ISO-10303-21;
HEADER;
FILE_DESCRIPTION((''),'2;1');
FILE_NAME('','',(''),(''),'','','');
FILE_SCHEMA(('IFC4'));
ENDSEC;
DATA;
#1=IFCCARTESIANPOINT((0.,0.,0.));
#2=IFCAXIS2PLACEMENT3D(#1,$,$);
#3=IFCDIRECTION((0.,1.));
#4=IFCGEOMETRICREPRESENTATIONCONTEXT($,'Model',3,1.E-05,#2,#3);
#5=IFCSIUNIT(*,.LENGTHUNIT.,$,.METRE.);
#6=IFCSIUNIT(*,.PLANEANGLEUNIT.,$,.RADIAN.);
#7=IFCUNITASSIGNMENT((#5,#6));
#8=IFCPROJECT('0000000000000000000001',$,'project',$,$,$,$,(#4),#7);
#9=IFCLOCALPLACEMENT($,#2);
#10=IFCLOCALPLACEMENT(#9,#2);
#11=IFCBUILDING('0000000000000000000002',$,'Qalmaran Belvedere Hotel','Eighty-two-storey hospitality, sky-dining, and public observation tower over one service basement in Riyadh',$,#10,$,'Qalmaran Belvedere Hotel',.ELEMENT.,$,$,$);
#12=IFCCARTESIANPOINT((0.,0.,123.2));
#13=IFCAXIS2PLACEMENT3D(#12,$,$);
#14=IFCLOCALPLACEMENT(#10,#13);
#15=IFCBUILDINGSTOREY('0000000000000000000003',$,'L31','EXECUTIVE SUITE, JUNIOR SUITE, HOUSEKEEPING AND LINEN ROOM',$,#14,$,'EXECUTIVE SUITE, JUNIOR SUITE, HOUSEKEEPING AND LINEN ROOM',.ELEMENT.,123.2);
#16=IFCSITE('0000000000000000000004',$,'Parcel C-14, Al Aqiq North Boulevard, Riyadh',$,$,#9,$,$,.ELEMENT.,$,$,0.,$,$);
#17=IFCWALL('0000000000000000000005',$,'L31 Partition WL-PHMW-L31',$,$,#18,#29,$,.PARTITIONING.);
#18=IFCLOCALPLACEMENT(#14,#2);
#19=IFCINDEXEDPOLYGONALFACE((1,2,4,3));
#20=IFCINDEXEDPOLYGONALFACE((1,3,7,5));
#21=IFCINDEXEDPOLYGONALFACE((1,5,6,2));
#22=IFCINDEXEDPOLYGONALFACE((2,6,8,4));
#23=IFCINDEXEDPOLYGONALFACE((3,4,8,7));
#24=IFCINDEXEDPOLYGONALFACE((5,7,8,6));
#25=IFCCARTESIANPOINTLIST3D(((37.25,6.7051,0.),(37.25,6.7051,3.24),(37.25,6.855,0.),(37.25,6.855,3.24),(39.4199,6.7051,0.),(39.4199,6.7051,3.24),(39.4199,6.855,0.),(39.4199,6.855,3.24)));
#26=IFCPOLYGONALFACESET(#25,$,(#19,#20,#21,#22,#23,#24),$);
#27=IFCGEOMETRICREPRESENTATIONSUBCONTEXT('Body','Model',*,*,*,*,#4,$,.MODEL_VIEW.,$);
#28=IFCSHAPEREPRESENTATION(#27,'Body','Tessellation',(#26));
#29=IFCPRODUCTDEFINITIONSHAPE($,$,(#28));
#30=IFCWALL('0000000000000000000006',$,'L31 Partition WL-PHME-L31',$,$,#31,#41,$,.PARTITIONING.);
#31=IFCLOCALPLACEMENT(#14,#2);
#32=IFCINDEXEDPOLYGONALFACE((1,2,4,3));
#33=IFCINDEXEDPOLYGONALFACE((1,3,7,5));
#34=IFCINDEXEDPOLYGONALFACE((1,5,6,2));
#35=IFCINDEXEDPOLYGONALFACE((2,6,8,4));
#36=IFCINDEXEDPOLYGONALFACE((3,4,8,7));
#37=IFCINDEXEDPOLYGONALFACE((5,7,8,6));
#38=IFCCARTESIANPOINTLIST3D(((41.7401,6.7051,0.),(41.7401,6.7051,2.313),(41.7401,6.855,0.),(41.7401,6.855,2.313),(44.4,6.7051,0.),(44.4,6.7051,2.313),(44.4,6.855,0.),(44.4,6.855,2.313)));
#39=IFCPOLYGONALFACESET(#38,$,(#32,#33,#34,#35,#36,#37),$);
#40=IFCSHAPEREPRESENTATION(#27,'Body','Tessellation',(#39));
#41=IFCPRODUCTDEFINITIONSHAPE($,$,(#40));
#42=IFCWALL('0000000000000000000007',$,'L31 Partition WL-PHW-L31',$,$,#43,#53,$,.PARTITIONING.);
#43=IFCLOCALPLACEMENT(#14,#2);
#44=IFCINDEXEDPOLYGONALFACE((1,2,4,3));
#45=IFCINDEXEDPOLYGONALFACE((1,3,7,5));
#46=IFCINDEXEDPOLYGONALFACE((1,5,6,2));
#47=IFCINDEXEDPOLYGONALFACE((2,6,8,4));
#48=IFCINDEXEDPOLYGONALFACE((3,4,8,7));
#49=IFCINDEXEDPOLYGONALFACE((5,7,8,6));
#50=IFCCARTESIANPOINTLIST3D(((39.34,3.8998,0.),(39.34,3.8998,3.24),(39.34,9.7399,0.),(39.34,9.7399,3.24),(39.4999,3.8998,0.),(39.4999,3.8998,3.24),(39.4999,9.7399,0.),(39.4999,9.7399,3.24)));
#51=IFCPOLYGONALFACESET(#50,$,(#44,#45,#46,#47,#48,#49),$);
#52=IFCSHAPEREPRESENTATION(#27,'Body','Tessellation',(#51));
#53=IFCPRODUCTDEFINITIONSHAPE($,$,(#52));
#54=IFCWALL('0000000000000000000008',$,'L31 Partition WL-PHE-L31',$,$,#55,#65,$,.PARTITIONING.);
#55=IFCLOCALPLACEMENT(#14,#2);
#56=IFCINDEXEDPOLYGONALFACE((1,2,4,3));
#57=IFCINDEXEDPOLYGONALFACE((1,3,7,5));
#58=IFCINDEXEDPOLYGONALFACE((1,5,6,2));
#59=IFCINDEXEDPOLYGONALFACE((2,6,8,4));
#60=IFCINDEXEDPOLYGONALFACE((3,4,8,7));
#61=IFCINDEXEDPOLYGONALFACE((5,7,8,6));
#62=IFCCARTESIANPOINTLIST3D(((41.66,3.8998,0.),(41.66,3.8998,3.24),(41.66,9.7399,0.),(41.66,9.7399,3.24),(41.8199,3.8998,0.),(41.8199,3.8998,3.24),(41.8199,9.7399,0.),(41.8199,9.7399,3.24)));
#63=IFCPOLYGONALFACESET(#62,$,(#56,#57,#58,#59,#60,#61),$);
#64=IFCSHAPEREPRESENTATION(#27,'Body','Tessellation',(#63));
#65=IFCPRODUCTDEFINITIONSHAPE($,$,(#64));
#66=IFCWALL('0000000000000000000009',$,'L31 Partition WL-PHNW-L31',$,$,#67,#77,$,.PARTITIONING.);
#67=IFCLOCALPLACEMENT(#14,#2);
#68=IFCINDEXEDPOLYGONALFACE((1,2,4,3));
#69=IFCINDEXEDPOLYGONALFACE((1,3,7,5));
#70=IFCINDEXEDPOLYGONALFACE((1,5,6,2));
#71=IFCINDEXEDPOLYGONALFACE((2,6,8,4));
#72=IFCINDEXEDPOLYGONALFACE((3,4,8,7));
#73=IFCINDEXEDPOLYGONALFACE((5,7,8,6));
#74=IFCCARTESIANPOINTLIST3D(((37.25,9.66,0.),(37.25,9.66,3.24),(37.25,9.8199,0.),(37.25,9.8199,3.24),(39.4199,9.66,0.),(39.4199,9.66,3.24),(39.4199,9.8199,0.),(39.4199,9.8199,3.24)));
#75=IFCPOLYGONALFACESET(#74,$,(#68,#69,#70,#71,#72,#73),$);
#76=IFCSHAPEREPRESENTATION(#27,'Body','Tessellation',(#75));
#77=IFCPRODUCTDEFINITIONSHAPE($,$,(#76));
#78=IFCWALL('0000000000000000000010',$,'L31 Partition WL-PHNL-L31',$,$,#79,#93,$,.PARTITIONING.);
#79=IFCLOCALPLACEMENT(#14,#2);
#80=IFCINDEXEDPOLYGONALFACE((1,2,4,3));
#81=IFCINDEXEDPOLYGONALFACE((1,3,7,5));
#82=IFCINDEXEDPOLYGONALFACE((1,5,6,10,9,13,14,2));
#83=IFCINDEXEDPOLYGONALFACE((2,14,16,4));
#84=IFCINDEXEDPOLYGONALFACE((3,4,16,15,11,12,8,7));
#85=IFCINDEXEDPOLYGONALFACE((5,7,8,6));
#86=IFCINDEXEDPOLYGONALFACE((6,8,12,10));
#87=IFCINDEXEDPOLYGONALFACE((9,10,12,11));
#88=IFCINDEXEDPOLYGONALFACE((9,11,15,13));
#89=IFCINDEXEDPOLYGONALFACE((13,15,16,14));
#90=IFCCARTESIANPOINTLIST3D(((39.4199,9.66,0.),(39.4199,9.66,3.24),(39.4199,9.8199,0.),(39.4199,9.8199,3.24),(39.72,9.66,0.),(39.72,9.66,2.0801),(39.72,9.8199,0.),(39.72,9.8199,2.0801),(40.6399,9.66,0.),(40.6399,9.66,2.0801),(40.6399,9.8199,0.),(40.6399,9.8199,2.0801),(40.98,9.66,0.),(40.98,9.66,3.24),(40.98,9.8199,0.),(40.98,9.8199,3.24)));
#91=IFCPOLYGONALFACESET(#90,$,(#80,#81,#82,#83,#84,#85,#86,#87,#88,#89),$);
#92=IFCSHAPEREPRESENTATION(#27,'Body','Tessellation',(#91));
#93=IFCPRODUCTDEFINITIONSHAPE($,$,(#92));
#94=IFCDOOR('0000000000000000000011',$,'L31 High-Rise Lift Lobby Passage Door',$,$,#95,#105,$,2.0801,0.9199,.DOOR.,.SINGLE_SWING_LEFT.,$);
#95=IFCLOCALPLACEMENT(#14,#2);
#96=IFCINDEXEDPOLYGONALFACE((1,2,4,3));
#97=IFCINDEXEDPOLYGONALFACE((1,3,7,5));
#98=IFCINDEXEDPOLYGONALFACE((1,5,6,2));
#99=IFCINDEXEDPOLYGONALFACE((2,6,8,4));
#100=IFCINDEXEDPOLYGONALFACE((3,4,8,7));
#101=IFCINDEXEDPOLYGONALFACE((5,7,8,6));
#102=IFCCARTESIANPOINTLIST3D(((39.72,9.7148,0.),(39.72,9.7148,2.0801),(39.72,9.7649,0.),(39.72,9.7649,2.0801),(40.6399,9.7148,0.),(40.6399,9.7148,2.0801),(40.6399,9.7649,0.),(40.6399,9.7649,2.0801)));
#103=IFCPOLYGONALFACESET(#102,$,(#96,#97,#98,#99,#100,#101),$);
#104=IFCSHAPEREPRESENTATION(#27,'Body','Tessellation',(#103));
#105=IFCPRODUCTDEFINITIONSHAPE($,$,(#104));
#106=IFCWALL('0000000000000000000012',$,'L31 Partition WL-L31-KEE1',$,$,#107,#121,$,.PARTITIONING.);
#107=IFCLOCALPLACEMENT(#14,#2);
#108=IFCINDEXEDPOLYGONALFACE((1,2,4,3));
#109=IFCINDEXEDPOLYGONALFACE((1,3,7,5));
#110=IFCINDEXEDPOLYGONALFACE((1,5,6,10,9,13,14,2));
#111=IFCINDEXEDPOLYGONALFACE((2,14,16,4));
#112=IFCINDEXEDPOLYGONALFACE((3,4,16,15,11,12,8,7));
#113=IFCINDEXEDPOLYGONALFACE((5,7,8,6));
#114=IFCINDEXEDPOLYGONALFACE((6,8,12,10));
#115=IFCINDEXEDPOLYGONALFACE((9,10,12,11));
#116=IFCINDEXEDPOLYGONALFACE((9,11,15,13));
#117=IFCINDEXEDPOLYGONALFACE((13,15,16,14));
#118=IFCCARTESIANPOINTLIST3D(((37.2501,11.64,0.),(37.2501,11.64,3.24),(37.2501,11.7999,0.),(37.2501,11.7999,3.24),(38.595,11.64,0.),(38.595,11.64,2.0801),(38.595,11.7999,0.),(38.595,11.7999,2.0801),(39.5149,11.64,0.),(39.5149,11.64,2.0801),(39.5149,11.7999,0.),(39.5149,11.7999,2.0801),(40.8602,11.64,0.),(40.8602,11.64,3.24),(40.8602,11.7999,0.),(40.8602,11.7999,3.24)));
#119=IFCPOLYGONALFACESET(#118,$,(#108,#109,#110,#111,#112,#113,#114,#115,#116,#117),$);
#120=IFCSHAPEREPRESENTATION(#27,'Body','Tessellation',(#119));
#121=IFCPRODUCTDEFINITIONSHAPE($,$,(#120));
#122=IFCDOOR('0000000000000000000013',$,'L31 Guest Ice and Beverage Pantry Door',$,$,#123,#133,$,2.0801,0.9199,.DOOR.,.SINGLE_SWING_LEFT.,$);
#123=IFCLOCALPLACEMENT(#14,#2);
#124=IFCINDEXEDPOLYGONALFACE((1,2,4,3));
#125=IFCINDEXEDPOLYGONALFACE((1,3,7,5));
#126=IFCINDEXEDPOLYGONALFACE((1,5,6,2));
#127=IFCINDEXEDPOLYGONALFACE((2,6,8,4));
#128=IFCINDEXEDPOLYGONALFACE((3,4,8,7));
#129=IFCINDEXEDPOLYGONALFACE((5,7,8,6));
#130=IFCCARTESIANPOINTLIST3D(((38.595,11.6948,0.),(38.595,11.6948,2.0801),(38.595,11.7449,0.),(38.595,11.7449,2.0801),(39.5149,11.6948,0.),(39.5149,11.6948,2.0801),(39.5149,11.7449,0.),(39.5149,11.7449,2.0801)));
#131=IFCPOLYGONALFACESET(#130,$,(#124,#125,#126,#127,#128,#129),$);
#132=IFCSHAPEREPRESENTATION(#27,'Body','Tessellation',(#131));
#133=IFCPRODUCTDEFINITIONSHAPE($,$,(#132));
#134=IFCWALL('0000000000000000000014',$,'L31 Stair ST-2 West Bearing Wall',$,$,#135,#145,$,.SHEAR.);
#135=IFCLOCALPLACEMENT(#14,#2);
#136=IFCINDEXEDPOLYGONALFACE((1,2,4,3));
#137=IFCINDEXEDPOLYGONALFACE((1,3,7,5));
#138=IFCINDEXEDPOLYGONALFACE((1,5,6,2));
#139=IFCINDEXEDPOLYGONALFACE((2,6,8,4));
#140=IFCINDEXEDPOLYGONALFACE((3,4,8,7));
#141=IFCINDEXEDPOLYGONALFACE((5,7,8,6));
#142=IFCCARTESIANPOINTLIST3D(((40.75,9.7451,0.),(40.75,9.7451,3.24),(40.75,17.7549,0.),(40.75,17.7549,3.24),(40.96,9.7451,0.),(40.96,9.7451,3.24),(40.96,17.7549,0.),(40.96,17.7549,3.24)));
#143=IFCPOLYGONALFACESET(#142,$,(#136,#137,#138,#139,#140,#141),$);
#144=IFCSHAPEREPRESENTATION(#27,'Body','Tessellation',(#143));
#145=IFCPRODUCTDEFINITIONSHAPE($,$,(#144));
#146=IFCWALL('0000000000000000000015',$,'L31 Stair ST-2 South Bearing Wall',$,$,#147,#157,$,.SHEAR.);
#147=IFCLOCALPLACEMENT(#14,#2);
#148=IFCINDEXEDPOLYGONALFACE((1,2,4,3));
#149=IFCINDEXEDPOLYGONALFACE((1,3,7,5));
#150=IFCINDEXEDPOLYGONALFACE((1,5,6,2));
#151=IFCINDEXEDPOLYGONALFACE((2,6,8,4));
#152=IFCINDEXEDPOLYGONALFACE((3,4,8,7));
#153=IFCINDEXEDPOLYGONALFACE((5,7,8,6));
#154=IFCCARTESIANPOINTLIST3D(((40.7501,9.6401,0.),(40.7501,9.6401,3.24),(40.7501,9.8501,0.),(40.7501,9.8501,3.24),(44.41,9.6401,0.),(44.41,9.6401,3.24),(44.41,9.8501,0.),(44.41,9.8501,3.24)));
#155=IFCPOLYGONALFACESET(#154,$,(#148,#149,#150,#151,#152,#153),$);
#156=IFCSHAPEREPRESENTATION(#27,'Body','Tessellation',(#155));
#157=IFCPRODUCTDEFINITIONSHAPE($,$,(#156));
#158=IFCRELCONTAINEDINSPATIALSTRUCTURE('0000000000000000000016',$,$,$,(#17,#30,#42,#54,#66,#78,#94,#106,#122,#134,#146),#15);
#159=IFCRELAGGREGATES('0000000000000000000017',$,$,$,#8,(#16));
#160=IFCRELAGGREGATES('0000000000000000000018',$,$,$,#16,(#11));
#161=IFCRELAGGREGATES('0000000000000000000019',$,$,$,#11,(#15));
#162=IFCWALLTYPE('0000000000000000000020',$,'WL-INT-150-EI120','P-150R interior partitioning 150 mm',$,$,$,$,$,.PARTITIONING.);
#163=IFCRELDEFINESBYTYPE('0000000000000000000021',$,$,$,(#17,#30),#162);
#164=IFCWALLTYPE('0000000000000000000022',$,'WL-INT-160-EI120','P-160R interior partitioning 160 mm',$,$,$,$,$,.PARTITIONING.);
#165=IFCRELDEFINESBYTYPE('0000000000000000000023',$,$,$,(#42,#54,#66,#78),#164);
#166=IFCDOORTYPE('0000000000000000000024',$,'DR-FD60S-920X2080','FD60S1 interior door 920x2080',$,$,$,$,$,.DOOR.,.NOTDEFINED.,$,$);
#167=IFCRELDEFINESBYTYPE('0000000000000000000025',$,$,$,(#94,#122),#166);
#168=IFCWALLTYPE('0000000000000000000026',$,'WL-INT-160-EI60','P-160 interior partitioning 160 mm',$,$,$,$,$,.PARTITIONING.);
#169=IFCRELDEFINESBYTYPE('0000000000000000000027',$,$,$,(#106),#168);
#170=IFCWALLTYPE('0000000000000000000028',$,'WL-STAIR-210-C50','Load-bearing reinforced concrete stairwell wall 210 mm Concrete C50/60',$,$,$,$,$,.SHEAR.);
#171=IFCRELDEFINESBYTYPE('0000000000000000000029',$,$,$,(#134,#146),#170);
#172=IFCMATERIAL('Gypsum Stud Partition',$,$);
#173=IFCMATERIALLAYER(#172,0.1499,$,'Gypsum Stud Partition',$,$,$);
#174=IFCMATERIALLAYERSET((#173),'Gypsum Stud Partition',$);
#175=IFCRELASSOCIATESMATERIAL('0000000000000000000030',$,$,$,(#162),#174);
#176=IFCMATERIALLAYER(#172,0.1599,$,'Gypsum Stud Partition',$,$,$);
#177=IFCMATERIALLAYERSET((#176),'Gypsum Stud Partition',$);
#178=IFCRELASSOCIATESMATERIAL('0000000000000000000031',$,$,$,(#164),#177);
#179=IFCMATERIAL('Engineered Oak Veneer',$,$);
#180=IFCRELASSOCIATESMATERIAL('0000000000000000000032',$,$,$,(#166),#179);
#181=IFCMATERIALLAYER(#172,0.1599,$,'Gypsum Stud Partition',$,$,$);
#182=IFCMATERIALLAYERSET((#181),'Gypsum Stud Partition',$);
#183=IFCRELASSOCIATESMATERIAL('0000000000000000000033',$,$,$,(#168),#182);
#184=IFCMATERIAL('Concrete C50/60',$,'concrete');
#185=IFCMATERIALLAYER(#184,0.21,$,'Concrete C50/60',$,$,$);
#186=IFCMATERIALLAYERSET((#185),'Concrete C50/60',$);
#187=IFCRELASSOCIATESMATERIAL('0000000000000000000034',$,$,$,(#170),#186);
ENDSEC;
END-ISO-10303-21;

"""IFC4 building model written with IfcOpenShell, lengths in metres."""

from ifc_helpers import new_model, si_unit, direction, frame, frame_2d, origin, place, context, subcontext, project, spatial, rectangle, extrude, material, layer, layer_set, type_object, element, fill, save


model = new_model("IFC4")

# Units and contexts
model_context = context("Model", 3, precision=1e-05, world=origin(), true_north=direction((0.0, 1.0)))
body_context = subcontext(model_context, "Body", "Model", "MODEL_VIEW")
ifc_project = project(units=[si_unit("LENGTHUNIT", "METRE"), si_unit("PLANEANGLEUNIT", "RADIAN")], contexts=[model_context])

# Site, building, storey
site_placement = place(None, origin())
site = spatial("IfcSite", under=ifc_project, at=site_placement, Name="Parcel C-14, Al Aqiq North Boulevard, Riyadh", CompositionType="ELEMENT", RefElevation=0.0)
building_placement = place(site_placement, origin())
building = spatial("IfcBuilding", under=site, at=building_placement, Name="Qalmaran Belvedere Hotel", Description="Eighty-two-storey hospitality, sky-dining, and public observation tower over one service basement in Riyadh", LongName="Qalmaran Belvedere Hotel", CompositionType="ELEMENT")
storey_placement = place(building_placement, frame((0.0, 0.0, 123.2)))
storey = spatial("IfcBuildingStorey", under=building, at=storey_placement, Name="L31", Description="EXECUTIVE SUITE, JUNIOR SUITE, HOUSEKEEPING AND LINEN ROOM", LongName="EXECUTIVE SUITE, JUNIOR SUITE, HOUSEKEEPING AND LINEN ROOM", CompositionType="ELEMENT", Elevation=123.2)

# Walls
ifc_material_1 = material(Name="Gypsum Stud Partition")
ifc_layer_1 = layer(ifc_material_1, 0.1499, Name="Gypsum Stud Partition")
ifc_layer_set_1 = layer_set([ifc_layer_1], Name="Gypsum Stud Partition")
wall_type_1 = type_object("IfcWallType", Name="WL-INT-150-EI120", Description="P-150R interior partitioning 150 mm", PredefinedType="PARTITIONING", material=ifc_layer_set_1)
wall_1_placement = place(storey_placement, frame((37.25, 6.78, 0.0), z_axis=(0.0, 0.0, 1.0), x_axis=(1.0, 0.0, 0.0)))
element("IfcWall", 1, at=wall_1_placement, inside=storey, type_object=wall_type_1, Name="L31 Partition WL-PHMW-L31", PredefinedType="PARTITIONING", context=body_context, shape_type="SweptSolid", body=[
    extrude(rectangle(XDim=2.1699, YDim=0.1499, at=frame_2d((1.085, 0.0))), origin(), (0.0, 0.0, 1.0), 3.24),
])
wall_2_placement = place(storey_placement, frame((41.74, 6.78, 0.0), z_axis=(0.0, 0.0, 1.0), x_axis=(1.0, 0.0, 0.0)))
element("IfcWall", 2, at=wall_2_placement, inside=storey, type_object=wall_type_1, Name="L31 Partition WL-PHME-L31", PredefinedType="PARTITIONING", context=body_context, shape_type="SweptSolid", body=[
    extrude(rectangle(XDim=2.6599, YDim=0.1499, at=frame_2d((1.3301, 0.0))), origin(), (0.0, 0.0, 1.0), 2.313),
])
ifc_layer_2 = layer(ifc_material_1, 0.1599, Name="Gypsum Stud Partition")
ifc_layer_set_2 = layer_set([ifc_layer_2], Name="Gypsum Stud Partition")
wall_type_2 = type_object("IfcWallType", Name="WL-INT-160-EI120", Description="P-160R interior partitioning 160 mm", PredefinedType="PARTITIONING", material=ifc_layer_set_2)
for number, where, z_axis, x_axis, name in (
    (3, (39.4199, 3.8999, 0.0), (0.0, 0.0, 1.0), (0.0, 1.0, 0.0), "L31 Partition WL-PHW-L31"),
    (4, (41.74, 3.8999, 0.0), (0.0, 0.0, 1.0), (0.0, 1.0, 0.0), "L31 Partition WL-PHE-L31"),
):
    element("IfcWall", number, at=place(storey_placement, frame(where, z_axis=z_axis, x_axis=x_axis)), inside=storey, type_object=wall_type_2, Name=name, PredefinedType="PARTITIONING", context=body_context, shape_type="SweptSolid", body=[
        extrude(rectangle(XDim=5.8401, YDim=0.1599, at=frame_2d((2.9199, 0.0))), origin(), (0.0, 0.0, 1.0), 3.24),
    ])
wall_3_placement = place(storey_placement, frame((37.25, 9.74, 0.0), z_axis=(0.0, 0.0, 1.0), x_axis=(1.0, 0.0, 0.0)))
element("IfcWall", 5, at=wall_3_placement, inside=storey, type_object=wall_type_2, Name="L31 Partition WL-PHNW-L31", PredefinedType="PARTITIONING", context=body_context, shape_type="SweptSolid", body=[
    extrude(rectangle(XDim=2.1699, YDim=0.1599, at=frame_2d((1.085, 0.0))), origin(), (0.0, 0.0, 1.0), 3.24),
])

# Walls, openings, doors
wall_4_placement = place(storey_placement, frame((39.4199, 9.74, 0.0), z_axis=(0.0, 0.0, 1.0), x_axis=(1.0, 0.0, 0.0)))
wall_4 = element("IfcWall", 6, at=wall_4_placement, inside=storey, type_object=wall_type_2, Name="L31 Partition WL-PHNL-L31", PredefinedType="PARTITIONING", context=body_context, shape_type="SweptSolid", body=[
    extrude(rectangle(XDim=1.5601, YDim=0.1599, at=frame_2d((0.78, 0.0))), origin(), (0.0, 0.0, 1.0), 3.24),
])
opening_1_placement = place(wall_4_placement, frame((0.3, 0.0, 0.0)))
opening_1 = element("IfcOpeningElement", 7, at=opening_1_placement, cuts=wall_4, PredefinedType="OPENING", context=body_context, shape_type="SweptSolid", body=[
    extrude(rectangle(XDim=0.9199, YDim=2.0801, at=frame_2d((0.46, 1.04))), frame((0.0, 0.0898, 0.0), z_axis=(0.0, -1.0, 0.0), x_axis=(1.0, 0.0, 0.0)), (0.0, 0.0, 1.0), 0.1799),
])
ifc_material_2 = material(Name="Engineered Oak Veneer")
door_type = type_object("IfcDoorType", Name="DR-FD60S-920X2080", Description="FD60S1 interior door 920x2080", OperationType="NOTDEFINED", PredefinedType="DOOR", material=ifc_material_2)
door_1_placement = place(opening_1_placement, origin())
door_1 = element("IfcDoor", 8, at=door_1_placement, inside=storey, type_object=door_type, Name="L31 High-Rise Lift Lobby Passage Door", OperationType="SINGLE_SWING_LEFT", OverallHeight=2.0801, OverallWidth=0.9199, PredefinedType="DOOR", context=body_context, shape_type="SweptSolid", body=[
    extrude(rectangle(XDim=0.9199, YDim=2.0801, at=frame_2d((0.46, 1.04))), frame((0.0, 0.0249, 0.0), z_axis=(0.0, -1.0, 0.0), x_axis=(1.0, 0.0, 0.0)), (0.0, 0.0, 1.0), 0.05),
])
fill(opening_1, door_1)
ifc_layer_3 = layer(ifc_material_1, 0.1599, Name="Gypsum Stud Partition")
ifc_layer_set_3 = layer_set([ifc_layer_3], Name="Gypsum Stud Partition")
wall_type_3 = type_object("IfcWallType", Name="WL-INT-160-EI60", Description="P-160 interior partitioning 160 mm", PredefinedType="PARTITIONING", material=ifc_layer_set_3)
wall_5_placement = place(storey_placement, frame((37.25, 11.72, 0.0), z_axis=(0.0, 0.0, 1.0), x_axis=(1.0, 0.0, 0.0)))
wall_5 = element("IfcWall", 9, at=wall_5_placement, inside=storey, type_object=wall_type_3, Name="L31 Partition WL-L31-KEE1", PredefinedType="PARTITIONING", context=body_context, shape_type="SweptSolid", body=[
    extrude(rectangle(XDim=3.6101, YDim=0.1599, at=frame_2d((1.8052, 0.0))), origin(), (0.0, 0.0, 1.0), 3.24),
])
opening_2_placement = place(wall_5_placement, frame((1.345, 0.0, 0.0)))
opening_2 = element("IfcOpeningElement", 10, at=opening_2_placement, cuts=wall_5, PredefinedType="OPENING", context=body_context, shape_type="SweptSolid", body=[
    extrude(rectangle(XDim=0.9199, YDim=2.0801, at=frame_2d((0.46, 1.04))), frame((0.0, 0.0898, 0.0), z_axis=(0.0, -1.0, 0.0), x_axis=(1.0, 0.0, 0.0)), (0.0, 0.0, 1.0), 0.1799),
])
door_2_placement = place(opening_2_placement, origin())
door_2 = element("IfcDoor", 11, at=door_2_placement, inside=storey, type_object=door_type, Name="L31 Guest Ice and Beverage Pantry Door", OperationType="SINGLE_SWING_LEFT", OverallHeight=2.0801, OverallWidth=0.9199, PredefinedType="DOOR", context=body_context, shape_type="SweptSolid", body=[
    extrude(rectangle(XDim=0.9199, YDim=2.0801, at=frame_2d((0.46, 1.04))), frame((0.0, 0.0249, 0.0), z_axis=(0.0, -1.0, 0.0), x_axis=(1.0, 0.0, 0.0)), (0.0, 0.0, 1.0), 0.05),
])
fill(opening_2, door_2)

# Walls
ifc_material_3 = material(Name="Concrete C50/60", Category="concrete")
ifc_layer_4 = layer(ifc_material_3, 0.21, Name="Concrete C50/60")
ifc_layer_set_4 = layer_set([ifc_layer_4], Name="Concrete C50/60")
wall_type_4 = type_object("IfcWallType", Name="WL-STAIR-210-C50", Description="Load-bearing reinforced concrete stairwell wall 210 mm Concrete C50/60", PredefinedType="SHEAR", material=ifc_layer_set_4)
wall_6_placement = place(storey_placement, frame((40.855, 9.7451, 0.0), z_axis=(0.0, 0.0, 1.0), x_axis=(0.0, 1.0, 0.0)))
element("IfcWall", 12, at=wall_6_placement, inside=storey, type_object=wall_type_4, Name="L31 Stair ST-2 West Bearing Wall", PredefinedType="SHEAR", context=body_context, shape_type="SweptSolid", body=[
    extrude(rectangle(XDim=8.0098, YDim=0.21, at=frame_2d((4.0049, 0.0))), origin(), (0.0, 0.0, 1.0), 3.24),
])
wall_7_placement = place(storey_placement, frame((40.75, 9.7451, 0.0), z_axis=(0.0, 0.0, 1.0), x_axis=(1.0, 0.0, 0.0)))
element("IfcWall", 13, at=wall_7_placement, inside=storey, type_object=wall_type_4, Name="L31 Stair ST-2 South Bearing Wall", PredefinedType="SHEAR", context=body_context, shape_type="SweptSolid", body=[
    extrude(rectangle(XDim=3.6599, YDim=0.21, at=frame_2d((1.8301, 0.0))), origin(), (0.0, 0.0, 1.0), 3.24),
])

save(model, "model.ifc")
